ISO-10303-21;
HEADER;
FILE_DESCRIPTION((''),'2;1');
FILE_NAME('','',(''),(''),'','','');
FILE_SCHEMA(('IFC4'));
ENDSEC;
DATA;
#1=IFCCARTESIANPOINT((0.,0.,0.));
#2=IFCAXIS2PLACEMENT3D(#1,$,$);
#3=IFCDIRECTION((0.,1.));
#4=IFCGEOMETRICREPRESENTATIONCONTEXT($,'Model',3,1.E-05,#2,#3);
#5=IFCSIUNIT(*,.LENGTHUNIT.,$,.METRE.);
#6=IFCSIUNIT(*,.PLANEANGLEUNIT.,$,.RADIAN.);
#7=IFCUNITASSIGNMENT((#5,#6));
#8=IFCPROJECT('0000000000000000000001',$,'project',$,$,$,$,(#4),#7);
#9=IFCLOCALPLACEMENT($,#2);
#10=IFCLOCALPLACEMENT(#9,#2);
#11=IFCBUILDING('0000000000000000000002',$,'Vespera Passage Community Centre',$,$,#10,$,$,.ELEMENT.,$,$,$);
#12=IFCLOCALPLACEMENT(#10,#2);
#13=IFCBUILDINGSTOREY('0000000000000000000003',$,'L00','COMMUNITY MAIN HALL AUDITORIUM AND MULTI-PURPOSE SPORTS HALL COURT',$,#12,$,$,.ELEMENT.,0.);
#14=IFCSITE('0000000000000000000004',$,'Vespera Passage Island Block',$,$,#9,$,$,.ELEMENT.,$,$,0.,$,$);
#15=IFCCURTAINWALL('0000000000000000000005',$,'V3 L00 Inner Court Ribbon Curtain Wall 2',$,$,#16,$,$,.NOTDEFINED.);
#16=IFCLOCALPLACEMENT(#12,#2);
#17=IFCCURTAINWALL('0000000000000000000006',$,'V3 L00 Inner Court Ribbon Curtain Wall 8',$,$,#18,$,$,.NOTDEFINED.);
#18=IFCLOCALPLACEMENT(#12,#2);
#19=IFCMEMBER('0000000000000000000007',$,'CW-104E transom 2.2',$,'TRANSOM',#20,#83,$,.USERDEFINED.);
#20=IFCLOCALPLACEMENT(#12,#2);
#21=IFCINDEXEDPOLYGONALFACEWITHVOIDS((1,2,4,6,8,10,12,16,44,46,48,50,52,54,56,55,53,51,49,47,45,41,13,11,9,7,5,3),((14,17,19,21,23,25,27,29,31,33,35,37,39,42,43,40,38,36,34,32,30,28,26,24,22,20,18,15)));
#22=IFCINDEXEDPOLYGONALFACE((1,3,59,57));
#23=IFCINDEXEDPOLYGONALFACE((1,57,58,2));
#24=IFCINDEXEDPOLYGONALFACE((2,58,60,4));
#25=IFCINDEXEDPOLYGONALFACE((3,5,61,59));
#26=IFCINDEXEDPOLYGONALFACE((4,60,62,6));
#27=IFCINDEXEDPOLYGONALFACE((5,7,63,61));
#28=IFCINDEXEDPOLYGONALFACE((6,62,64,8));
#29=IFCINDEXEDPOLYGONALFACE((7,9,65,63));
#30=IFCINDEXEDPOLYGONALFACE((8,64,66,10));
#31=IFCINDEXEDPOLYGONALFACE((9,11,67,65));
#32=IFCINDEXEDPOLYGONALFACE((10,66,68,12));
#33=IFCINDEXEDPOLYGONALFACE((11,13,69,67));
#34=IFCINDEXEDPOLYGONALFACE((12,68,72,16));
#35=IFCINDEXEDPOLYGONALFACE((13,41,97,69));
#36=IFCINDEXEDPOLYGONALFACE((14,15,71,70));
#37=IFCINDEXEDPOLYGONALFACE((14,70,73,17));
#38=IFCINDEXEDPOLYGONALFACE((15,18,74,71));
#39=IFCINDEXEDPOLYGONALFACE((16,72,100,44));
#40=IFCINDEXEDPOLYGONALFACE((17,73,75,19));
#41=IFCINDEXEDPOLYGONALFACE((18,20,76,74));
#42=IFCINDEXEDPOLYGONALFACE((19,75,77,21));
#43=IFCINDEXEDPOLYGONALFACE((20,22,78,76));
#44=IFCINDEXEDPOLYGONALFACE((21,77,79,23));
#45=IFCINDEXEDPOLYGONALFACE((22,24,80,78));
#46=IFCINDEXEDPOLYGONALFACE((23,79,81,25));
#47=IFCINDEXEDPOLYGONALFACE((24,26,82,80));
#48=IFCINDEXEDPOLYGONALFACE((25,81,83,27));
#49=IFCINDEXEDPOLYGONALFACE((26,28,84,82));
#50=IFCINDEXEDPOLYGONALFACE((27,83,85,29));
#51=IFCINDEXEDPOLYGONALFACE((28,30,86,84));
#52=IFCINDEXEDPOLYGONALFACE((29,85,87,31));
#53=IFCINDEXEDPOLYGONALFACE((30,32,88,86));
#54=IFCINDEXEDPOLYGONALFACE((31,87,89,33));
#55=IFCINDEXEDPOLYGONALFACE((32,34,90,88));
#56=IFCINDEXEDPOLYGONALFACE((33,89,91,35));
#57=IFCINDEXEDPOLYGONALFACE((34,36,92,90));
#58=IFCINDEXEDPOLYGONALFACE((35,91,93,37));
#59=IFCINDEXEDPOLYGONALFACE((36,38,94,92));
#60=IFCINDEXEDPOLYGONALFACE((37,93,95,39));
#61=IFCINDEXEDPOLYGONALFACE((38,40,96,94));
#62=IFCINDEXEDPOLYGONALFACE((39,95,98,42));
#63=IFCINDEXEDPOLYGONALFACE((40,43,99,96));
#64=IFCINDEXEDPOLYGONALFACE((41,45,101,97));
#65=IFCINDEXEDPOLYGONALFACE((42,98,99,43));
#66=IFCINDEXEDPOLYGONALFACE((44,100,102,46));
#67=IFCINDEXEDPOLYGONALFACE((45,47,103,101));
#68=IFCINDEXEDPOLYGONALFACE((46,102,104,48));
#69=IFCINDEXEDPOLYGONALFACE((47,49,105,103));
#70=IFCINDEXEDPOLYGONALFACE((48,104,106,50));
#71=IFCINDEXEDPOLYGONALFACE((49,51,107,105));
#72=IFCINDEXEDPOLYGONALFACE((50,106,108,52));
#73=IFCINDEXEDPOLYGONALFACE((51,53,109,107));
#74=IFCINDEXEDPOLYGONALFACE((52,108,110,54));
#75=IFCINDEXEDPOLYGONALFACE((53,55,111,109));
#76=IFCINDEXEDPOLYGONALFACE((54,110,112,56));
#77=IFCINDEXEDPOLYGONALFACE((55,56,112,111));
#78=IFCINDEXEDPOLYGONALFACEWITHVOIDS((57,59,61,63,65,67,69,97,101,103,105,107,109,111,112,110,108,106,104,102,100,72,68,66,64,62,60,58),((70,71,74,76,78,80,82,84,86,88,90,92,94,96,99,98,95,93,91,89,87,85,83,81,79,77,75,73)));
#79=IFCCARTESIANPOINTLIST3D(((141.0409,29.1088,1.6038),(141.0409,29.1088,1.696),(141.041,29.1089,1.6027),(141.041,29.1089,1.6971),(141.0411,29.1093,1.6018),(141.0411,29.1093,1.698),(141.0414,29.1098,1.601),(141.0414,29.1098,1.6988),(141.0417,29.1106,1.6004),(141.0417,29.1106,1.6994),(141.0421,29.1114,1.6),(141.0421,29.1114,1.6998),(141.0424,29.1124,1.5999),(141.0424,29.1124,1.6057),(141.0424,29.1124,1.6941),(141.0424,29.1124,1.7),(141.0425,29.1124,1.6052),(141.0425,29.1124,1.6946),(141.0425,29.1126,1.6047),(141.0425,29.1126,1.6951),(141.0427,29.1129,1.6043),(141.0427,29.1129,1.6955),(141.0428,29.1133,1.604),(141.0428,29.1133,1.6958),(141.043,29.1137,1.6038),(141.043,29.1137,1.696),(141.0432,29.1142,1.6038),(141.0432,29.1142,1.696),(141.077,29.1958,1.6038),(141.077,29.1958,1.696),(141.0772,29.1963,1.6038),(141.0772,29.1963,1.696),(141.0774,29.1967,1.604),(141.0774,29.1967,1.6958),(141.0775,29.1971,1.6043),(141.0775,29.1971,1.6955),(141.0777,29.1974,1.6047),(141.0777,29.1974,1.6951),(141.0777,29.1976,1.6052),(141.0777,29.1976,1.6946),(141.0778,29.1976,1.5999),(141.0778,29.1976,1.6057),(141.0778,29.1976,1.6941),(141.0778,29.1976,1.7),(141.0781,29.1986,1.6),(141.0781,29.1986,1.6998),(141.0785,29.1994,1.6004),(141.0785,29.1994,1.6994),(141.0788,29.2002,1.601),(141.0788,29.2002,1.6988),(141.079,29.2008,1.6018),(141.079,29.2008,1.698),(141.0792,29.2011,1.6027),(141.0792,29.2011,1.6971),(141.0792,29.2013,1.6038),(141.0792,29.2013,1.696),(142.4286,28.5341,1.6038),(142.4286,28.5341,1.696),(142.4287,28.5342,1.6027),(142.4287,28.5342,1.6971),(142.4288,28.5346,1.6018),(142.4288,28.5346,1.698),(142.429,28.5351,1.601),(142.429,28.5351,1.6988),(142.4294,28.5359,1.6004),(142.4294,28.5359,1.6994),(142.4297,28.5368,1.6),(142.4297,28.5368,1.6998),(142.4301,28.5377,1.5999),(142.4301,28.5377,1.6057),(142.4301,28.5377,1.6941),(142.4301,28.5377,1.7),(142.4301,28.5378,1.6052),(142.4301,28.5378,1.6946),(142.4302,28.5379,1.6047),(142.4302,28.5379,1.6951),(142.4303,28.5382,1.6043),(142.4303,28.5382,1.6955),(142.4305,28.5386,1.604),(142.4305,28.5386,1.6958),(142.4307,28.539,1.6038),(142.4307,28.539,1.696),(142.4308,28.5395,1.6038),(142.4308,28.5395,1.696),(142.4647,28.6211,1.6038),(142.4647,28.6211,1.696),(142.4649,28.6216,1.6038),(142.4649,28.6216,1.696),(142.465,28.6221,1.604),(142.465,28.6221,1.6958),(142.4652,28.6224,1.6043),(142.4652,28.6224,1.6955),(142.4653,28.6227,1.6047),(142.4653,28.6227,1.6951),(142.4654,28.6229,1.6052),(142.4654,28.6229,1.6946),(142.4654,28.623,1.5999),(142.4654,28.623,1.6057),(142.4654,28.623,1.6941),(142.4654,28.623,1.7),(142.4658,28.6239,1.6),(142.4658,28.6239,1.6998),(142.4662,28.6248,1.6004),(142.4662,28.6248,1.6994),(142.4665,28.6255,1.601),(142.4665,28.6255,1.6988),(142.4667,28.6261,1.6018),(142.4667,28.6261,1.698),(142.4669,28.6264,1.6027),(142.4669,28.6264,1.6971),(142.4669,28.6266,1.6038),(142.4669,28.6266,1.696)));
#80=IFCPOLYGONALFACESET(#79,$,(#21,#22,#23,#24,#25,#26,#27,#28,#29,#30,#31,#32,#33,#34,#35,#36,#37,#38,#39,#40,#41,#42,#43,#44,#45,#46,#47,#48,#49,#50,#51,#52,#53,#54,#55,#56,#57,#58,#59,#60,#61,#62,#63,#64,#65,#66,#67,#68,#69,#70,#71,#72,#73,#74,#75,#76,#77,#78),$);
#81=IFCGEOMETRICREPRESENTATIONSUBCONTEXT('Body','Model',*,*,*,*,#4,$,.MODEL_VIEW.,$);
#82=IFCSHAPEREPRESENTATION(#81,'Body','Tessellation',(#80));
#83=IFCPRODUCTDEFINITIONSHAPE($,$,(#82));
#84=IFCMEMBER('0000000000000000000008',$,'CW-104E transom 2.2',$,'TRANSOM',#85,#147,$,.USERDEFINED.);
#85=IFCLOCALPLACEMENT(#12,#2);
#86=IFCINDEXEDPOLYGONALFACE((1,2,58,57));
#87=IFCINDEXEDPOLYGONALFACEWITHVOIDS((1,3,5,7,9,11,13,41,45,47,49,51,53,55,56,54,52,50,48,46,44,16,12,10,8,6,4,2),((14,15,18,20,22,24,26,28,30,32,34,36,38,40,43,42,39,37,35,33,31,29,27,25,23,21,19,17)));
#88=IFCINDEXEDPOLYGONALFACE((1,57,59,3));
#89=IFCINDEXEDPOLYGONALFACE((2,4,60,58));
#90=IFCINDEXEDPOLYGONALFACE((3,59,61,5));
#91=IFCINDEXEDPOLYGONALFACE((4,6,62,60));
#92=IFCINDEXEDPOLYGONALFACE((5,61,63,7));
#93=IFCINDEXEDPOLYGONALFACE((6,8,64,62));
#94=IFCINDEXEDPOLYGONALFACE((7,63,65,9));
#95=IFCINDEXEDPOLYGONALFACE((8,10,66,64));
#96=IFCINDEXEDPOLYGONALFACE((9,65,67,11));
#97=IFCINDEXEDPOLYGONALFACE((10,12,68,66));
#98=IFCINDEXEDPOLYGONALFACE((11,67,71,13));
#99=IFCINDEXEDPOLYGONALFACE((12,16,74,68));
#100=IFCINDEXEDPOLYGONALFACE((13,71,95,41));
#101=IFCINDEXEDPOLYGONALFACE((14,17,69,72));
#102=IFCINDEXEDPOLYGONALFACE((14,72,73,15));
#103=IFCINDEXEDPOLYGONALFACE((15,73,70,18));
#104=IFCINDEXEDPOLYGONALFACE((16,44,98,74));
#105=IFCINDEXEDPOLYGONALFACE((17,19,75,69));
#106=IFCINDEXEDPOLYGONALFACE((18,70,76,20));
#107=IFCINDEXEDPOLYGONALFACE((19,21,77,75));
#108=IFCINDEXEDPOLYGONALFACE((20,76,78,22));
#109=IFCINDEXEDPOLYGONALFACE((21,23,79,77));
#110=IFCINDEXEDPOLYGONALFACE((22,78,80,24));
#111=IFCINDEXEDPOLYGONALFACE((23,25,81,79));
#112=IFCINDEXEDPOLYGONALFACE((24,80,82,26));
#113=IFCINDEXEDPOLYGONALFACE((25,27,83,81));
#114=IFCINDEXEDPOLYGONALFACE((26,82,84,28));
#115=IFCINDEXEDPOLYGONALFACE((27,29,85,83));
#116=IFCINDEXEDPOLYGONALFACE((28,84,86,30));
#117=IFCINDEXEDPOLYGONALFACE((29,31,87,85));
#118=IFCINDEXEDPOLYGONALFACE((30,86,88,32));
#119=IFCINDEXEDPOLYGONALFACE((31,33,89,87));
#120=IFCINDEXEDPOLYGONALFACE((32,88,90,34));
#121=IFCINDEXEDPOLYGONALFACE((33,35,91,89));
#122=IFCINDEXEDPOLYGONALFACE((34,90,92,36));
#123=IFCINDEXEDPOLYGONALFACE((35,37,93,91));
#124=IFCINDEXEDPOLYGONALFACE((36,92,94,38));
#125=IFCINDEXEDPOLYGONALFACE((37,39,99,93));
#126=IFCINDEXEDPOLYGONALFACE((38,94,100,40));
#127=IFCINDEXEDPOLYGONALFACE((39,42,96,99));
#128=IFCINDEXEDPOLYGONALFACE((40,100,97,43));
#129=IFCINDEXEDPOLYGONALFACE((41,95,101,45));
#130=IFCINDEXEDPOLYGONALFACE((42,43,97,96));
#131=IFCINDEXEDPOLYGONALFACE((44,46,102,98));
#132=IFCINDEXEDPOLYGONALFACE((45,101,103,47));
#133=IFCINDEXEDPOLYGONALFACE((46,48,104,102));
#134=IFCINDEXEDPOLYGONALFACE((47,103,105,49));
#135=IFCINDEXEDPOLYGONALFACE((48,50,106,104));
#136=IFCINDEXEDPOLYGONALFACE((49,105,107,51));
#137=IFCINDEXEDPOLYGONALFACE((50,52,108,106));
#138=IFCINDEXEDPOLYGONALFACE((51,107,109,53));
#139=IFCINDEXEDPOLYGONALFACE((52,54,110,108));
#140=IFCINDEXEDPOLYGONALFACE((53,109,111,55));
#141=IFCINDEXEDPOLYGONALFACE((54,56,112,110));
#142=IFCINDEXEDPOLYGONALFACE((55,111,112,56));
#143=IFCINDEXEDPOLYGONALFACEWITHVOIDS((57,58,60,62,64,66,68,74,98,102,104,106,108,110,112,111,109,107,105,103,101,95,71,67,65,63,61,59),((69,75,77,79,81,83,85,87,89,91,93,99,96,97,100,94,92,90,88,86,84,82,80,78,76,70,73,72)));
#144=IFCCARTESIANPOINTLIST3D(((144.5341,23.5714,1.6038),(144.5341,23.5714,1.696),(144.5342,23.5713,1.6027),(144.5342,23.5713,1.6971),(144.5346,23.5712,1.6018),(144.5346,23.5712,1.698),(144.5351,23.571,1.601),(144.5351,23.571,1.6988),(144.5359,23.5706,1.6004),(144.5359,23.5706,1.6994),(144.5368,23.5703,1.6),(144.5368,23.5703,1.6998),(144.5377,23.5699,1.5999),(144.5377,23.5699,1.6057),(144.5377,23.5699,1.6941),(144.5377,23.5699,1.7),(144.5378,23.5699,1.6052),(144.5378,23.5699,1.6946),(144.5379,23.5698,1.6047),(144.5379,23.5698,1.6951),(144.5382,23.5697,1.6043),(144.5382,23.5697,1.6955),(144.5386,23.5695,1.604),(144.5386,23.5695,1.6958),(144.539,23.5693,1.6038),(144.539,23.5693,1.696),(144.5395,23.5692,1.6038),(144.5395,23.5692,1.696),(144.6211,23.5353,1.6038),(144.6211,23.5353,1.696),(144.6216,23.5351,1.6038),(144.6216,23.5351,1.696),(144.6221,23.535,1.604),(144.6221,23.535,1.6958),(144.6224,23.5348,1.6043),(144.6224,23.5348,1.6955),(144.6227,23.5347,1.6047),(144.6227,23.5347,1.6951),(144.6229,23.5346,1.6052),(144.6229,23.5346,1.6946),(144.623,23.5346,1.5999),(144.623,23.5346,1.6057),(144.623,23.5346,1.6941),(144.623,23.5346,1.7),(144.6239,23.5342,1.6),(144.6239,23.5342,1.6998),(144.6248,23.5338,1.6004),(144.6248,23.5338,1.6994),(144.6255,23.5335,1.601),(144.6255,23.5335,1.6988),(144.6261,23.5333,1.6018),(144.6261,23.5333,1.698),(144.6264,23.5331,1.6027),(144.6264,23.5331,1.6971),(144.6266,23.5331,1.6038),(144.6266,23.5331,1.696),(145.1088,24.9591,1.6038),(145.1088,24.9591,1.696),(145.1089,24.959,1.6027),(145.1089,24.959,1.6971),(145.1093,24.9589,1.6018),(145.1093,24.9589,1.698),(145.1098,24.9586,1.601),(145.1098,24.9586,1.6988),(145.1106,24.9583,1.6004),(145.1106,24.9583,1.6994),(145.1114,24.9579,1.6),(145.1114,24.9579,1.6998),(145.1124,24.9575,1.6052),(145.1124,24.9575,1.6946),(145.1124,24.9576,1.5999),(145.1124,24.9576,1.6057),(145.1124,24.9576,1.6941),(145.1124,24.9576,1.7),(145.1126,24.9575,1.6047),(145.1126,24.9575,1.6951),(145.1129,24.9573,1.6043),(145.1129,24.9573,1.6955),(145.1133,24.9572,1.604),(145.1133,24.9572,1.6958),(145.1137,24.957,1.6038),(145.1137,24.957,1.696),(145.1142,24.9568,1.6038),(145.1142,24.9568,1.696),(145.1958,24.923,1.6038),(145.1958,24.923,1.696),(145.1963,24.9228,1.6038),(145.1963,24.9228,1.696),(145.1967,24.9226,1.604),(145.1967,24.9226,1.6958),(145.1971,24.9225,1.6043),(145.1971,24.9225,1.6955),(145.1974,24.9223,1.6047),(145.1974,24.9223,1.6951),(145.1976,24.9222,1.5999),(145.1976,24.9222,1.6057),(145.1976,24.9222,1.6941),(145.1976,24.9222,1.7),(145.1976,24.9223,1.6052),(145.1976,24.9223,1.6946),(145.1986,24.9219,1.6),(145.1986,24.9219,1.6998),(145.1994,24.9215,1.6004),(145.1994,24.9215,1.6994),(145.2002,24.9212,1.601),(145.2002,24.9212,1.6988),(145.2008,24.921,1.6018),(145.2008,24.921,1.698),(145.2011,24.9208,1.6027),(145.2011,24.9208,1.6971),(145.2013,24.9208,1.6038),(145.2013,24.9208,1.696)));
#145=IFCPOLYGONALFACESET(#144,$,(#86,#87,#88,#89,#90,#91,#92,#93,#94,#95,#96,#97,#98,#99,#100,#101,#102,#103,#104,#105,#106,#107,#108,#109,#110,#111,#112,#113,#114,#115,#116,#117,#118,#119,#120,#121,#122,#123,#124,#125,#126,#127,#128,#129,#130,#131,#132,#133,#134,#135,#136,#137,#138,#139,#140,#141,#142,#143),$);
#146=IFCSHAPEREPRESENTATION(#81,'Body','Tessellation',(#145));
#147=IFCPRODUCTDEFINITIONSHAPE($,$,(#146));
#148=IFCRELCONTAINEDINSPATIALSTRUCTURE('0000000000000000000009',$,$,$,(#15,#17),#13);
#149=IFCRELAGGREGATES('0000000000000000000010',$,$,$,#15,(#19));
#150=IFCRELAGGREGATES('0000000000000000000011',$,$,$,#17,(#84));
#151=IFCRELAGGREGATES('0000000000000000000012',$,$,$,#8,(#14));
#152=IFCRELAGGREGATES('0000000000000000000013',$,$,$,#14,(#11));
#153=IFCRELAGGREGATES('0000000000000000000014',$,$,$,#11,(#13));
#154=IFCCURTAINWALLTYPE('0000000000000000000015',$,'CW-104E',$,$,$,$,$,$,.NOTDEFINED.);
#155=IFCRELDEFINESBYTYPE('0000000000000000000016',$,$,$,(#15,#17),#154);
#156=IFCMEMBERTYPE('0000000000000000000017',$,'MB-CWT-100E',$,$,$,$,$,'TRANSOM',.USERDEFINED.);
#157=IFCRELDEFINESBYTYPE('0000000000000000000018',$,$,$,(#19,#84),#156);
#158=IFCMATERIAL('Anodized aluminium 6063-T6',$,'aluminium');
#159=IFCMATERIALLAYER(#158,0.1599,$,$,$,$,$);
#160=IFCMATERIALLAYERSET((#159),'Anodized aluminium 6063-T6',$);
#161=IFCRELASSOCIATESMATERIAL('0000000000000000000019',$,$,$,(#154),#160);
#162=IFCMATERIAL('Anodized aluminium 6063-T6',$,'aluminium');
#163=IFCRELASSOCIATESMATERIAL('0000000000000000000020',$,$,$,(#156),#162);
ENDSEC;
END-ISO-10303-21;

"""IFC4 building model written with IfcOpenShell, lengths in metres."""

from ifc_helpers import new_model, si_unit, direction, frame, origin, origin_2d, place, context, subcontext, project, spatial, hollow_rectangle, extrude, material, layer, layer_set, material_profile, profile_set, type_object, element, aggregate, save


model = new_model("IFC4")

# Units and contexts
model_context = context("Model", 3, precision=1e-05, world=origin(), true_north=direction((0.0, 1.0)))
body_context = subcontext(model_context, "Body", "Model", "MODEL_VIEW")
ifc_project = project(units=[si_unit("LENGTHUNIT", "METRE"), si_unit("PLANEANGLEUNIT", "RADIAN")], contexts=[model_context])

# Site, building, storey
site_placement = place(None, origin())
site = spatial("IfcSite", under=ifc_project, at=site_placement, Name="Vespera Passage Island Block", CompositionType="ELEMENT", RefElevation=0.0)
building_placement = place(site_placement, origin())
building = spatial("IfcBuilding", under=site, at=building_placement, Name="Vespera Passage Community Centre", CompositionType="ELEMENT")
storey_placement = place(building_placement, origin())
storey = spatial("IfcBuildingStorey", under=building, at=storey_placement, Name="L00", Description="COMMUNITY MAIN HALL AUDITORIUM AND MULTI-PURPOSE SPORTS HALL COURT", CompositionType="ELEMENT", Elevation=0.0)

# Curtain wall
ifc_material_1 = material(Name="Anodized aluminium 6063-T6", Category="aluminium")
ifc_layer_1 = layer(ifc_material_1, 0.1599)
ifc_layer_set_1 = layer_set([ifc_layer_1], Name="Anodized aluminium 6063-T6")
curtain_wall_type = type_object("IfcCurtainWallType", Name="CW-104E", PredefinedType="NOTDEFINED", material=ifc_layer_set_1)
curtain_wall_1_placement = place(storey_placement, origin())
curtain_wall_1 = element("IfcCurtainWall", 1, at=curtain_wall_1_placement, inside=storey, type_object=curtain_wall_type, Name="V3 L00 Inner Court Ribbon Curtain Wall 2", PredefinedType="NOTDEFINED")

# Curtain wall
curtain_wall_2_placement = place(storey_placement, origin())
curtain_wall_2 = element("IfcCurtainWall", 2, at=curtain_wall_2_placement, inside=storey, type_object=curtain_wall_type, Name="V3 L00 Inner Court Ribbon Curtain Wall 8", PredefinedType="NOTDEFINED")

# Members
ifc_material_2 = material(Name="Anodized aluminium 6063-T6", Category="aluminium")
ifc_material_profile_1 = material_profile(ifc_material_2, hollow_rectangle(XDim=0.1001, YDim=0.1001, WallThickness=0.0039, InnerFilletRadius=0.002, OuterFilletRadius=0.0039, at=origin_2d()), Name="ALU100X100X4")
ifc_profile_set_1 = profile_set([ifc_material_profile_1], Name="Anodized aluminium 6063-T6")
member_type_1 = type_object("IfcMemberType", Name="MB-CWT-100E", ElementType="TRANSOM", PredefinedType="USERDEFINED", material=ifc_profile_set_1)
member_1_placement = place(storey_placement, frame((142.4478, 28.5803, 1.6499), z_axis=(-0.923902, 0.382629, 0.0), x_axis=(-0.382629, -0.923902, 0.0)))
member_1 = element("IfcMember", 3, at=member_1_placement, type_object=member_type_1, Name="CW-104E transom 2.2", ObjectType="TRANSOM", PredefinedType="USERDEFINED", context=body_context, shape_type="SweptSolid", body=[
    extrude(hollow_rectangle(XDim=0.1001, YDim=0.1001, WallThickness=0.0039, InnerFilletRadius=0.002, OuterFilletRadius=0.0039, at=origin_2d()), origin(), (0.0, 0.0, 1.0), 1.502),
])
member_2_placement = place(storey_placement, frame((144.5803, 23.5522, 1.6499), z_axis=(0.382629, 0.923902, 0.0), x_axis=(-0.923902, 0.382629, 0.0)))
member_2 = element("IfcMember", 4, at=member_2_placement, type_object=member_type_1, Name="CW-104E transom 2.2", ObjectType="TRANSOM", PredefinedType="USERDEFINED", context=body_context, shape_type="SweptSolid", body=[
    extrude(hollow_rectangle(XDim=0.1001, YDim=0.1001, WallThickness=0.0039, InnerFilletRadius=0.002, OuterFilletRadius=0.0039, at=origin_2d()), origin(), (0.0, 0.0, 1.0), 1.502),
])

aggregate(curtain_wall_1, [member_1])
aggregate(curtain_wall_2, [member_2])

save(model, "model.ifc")
